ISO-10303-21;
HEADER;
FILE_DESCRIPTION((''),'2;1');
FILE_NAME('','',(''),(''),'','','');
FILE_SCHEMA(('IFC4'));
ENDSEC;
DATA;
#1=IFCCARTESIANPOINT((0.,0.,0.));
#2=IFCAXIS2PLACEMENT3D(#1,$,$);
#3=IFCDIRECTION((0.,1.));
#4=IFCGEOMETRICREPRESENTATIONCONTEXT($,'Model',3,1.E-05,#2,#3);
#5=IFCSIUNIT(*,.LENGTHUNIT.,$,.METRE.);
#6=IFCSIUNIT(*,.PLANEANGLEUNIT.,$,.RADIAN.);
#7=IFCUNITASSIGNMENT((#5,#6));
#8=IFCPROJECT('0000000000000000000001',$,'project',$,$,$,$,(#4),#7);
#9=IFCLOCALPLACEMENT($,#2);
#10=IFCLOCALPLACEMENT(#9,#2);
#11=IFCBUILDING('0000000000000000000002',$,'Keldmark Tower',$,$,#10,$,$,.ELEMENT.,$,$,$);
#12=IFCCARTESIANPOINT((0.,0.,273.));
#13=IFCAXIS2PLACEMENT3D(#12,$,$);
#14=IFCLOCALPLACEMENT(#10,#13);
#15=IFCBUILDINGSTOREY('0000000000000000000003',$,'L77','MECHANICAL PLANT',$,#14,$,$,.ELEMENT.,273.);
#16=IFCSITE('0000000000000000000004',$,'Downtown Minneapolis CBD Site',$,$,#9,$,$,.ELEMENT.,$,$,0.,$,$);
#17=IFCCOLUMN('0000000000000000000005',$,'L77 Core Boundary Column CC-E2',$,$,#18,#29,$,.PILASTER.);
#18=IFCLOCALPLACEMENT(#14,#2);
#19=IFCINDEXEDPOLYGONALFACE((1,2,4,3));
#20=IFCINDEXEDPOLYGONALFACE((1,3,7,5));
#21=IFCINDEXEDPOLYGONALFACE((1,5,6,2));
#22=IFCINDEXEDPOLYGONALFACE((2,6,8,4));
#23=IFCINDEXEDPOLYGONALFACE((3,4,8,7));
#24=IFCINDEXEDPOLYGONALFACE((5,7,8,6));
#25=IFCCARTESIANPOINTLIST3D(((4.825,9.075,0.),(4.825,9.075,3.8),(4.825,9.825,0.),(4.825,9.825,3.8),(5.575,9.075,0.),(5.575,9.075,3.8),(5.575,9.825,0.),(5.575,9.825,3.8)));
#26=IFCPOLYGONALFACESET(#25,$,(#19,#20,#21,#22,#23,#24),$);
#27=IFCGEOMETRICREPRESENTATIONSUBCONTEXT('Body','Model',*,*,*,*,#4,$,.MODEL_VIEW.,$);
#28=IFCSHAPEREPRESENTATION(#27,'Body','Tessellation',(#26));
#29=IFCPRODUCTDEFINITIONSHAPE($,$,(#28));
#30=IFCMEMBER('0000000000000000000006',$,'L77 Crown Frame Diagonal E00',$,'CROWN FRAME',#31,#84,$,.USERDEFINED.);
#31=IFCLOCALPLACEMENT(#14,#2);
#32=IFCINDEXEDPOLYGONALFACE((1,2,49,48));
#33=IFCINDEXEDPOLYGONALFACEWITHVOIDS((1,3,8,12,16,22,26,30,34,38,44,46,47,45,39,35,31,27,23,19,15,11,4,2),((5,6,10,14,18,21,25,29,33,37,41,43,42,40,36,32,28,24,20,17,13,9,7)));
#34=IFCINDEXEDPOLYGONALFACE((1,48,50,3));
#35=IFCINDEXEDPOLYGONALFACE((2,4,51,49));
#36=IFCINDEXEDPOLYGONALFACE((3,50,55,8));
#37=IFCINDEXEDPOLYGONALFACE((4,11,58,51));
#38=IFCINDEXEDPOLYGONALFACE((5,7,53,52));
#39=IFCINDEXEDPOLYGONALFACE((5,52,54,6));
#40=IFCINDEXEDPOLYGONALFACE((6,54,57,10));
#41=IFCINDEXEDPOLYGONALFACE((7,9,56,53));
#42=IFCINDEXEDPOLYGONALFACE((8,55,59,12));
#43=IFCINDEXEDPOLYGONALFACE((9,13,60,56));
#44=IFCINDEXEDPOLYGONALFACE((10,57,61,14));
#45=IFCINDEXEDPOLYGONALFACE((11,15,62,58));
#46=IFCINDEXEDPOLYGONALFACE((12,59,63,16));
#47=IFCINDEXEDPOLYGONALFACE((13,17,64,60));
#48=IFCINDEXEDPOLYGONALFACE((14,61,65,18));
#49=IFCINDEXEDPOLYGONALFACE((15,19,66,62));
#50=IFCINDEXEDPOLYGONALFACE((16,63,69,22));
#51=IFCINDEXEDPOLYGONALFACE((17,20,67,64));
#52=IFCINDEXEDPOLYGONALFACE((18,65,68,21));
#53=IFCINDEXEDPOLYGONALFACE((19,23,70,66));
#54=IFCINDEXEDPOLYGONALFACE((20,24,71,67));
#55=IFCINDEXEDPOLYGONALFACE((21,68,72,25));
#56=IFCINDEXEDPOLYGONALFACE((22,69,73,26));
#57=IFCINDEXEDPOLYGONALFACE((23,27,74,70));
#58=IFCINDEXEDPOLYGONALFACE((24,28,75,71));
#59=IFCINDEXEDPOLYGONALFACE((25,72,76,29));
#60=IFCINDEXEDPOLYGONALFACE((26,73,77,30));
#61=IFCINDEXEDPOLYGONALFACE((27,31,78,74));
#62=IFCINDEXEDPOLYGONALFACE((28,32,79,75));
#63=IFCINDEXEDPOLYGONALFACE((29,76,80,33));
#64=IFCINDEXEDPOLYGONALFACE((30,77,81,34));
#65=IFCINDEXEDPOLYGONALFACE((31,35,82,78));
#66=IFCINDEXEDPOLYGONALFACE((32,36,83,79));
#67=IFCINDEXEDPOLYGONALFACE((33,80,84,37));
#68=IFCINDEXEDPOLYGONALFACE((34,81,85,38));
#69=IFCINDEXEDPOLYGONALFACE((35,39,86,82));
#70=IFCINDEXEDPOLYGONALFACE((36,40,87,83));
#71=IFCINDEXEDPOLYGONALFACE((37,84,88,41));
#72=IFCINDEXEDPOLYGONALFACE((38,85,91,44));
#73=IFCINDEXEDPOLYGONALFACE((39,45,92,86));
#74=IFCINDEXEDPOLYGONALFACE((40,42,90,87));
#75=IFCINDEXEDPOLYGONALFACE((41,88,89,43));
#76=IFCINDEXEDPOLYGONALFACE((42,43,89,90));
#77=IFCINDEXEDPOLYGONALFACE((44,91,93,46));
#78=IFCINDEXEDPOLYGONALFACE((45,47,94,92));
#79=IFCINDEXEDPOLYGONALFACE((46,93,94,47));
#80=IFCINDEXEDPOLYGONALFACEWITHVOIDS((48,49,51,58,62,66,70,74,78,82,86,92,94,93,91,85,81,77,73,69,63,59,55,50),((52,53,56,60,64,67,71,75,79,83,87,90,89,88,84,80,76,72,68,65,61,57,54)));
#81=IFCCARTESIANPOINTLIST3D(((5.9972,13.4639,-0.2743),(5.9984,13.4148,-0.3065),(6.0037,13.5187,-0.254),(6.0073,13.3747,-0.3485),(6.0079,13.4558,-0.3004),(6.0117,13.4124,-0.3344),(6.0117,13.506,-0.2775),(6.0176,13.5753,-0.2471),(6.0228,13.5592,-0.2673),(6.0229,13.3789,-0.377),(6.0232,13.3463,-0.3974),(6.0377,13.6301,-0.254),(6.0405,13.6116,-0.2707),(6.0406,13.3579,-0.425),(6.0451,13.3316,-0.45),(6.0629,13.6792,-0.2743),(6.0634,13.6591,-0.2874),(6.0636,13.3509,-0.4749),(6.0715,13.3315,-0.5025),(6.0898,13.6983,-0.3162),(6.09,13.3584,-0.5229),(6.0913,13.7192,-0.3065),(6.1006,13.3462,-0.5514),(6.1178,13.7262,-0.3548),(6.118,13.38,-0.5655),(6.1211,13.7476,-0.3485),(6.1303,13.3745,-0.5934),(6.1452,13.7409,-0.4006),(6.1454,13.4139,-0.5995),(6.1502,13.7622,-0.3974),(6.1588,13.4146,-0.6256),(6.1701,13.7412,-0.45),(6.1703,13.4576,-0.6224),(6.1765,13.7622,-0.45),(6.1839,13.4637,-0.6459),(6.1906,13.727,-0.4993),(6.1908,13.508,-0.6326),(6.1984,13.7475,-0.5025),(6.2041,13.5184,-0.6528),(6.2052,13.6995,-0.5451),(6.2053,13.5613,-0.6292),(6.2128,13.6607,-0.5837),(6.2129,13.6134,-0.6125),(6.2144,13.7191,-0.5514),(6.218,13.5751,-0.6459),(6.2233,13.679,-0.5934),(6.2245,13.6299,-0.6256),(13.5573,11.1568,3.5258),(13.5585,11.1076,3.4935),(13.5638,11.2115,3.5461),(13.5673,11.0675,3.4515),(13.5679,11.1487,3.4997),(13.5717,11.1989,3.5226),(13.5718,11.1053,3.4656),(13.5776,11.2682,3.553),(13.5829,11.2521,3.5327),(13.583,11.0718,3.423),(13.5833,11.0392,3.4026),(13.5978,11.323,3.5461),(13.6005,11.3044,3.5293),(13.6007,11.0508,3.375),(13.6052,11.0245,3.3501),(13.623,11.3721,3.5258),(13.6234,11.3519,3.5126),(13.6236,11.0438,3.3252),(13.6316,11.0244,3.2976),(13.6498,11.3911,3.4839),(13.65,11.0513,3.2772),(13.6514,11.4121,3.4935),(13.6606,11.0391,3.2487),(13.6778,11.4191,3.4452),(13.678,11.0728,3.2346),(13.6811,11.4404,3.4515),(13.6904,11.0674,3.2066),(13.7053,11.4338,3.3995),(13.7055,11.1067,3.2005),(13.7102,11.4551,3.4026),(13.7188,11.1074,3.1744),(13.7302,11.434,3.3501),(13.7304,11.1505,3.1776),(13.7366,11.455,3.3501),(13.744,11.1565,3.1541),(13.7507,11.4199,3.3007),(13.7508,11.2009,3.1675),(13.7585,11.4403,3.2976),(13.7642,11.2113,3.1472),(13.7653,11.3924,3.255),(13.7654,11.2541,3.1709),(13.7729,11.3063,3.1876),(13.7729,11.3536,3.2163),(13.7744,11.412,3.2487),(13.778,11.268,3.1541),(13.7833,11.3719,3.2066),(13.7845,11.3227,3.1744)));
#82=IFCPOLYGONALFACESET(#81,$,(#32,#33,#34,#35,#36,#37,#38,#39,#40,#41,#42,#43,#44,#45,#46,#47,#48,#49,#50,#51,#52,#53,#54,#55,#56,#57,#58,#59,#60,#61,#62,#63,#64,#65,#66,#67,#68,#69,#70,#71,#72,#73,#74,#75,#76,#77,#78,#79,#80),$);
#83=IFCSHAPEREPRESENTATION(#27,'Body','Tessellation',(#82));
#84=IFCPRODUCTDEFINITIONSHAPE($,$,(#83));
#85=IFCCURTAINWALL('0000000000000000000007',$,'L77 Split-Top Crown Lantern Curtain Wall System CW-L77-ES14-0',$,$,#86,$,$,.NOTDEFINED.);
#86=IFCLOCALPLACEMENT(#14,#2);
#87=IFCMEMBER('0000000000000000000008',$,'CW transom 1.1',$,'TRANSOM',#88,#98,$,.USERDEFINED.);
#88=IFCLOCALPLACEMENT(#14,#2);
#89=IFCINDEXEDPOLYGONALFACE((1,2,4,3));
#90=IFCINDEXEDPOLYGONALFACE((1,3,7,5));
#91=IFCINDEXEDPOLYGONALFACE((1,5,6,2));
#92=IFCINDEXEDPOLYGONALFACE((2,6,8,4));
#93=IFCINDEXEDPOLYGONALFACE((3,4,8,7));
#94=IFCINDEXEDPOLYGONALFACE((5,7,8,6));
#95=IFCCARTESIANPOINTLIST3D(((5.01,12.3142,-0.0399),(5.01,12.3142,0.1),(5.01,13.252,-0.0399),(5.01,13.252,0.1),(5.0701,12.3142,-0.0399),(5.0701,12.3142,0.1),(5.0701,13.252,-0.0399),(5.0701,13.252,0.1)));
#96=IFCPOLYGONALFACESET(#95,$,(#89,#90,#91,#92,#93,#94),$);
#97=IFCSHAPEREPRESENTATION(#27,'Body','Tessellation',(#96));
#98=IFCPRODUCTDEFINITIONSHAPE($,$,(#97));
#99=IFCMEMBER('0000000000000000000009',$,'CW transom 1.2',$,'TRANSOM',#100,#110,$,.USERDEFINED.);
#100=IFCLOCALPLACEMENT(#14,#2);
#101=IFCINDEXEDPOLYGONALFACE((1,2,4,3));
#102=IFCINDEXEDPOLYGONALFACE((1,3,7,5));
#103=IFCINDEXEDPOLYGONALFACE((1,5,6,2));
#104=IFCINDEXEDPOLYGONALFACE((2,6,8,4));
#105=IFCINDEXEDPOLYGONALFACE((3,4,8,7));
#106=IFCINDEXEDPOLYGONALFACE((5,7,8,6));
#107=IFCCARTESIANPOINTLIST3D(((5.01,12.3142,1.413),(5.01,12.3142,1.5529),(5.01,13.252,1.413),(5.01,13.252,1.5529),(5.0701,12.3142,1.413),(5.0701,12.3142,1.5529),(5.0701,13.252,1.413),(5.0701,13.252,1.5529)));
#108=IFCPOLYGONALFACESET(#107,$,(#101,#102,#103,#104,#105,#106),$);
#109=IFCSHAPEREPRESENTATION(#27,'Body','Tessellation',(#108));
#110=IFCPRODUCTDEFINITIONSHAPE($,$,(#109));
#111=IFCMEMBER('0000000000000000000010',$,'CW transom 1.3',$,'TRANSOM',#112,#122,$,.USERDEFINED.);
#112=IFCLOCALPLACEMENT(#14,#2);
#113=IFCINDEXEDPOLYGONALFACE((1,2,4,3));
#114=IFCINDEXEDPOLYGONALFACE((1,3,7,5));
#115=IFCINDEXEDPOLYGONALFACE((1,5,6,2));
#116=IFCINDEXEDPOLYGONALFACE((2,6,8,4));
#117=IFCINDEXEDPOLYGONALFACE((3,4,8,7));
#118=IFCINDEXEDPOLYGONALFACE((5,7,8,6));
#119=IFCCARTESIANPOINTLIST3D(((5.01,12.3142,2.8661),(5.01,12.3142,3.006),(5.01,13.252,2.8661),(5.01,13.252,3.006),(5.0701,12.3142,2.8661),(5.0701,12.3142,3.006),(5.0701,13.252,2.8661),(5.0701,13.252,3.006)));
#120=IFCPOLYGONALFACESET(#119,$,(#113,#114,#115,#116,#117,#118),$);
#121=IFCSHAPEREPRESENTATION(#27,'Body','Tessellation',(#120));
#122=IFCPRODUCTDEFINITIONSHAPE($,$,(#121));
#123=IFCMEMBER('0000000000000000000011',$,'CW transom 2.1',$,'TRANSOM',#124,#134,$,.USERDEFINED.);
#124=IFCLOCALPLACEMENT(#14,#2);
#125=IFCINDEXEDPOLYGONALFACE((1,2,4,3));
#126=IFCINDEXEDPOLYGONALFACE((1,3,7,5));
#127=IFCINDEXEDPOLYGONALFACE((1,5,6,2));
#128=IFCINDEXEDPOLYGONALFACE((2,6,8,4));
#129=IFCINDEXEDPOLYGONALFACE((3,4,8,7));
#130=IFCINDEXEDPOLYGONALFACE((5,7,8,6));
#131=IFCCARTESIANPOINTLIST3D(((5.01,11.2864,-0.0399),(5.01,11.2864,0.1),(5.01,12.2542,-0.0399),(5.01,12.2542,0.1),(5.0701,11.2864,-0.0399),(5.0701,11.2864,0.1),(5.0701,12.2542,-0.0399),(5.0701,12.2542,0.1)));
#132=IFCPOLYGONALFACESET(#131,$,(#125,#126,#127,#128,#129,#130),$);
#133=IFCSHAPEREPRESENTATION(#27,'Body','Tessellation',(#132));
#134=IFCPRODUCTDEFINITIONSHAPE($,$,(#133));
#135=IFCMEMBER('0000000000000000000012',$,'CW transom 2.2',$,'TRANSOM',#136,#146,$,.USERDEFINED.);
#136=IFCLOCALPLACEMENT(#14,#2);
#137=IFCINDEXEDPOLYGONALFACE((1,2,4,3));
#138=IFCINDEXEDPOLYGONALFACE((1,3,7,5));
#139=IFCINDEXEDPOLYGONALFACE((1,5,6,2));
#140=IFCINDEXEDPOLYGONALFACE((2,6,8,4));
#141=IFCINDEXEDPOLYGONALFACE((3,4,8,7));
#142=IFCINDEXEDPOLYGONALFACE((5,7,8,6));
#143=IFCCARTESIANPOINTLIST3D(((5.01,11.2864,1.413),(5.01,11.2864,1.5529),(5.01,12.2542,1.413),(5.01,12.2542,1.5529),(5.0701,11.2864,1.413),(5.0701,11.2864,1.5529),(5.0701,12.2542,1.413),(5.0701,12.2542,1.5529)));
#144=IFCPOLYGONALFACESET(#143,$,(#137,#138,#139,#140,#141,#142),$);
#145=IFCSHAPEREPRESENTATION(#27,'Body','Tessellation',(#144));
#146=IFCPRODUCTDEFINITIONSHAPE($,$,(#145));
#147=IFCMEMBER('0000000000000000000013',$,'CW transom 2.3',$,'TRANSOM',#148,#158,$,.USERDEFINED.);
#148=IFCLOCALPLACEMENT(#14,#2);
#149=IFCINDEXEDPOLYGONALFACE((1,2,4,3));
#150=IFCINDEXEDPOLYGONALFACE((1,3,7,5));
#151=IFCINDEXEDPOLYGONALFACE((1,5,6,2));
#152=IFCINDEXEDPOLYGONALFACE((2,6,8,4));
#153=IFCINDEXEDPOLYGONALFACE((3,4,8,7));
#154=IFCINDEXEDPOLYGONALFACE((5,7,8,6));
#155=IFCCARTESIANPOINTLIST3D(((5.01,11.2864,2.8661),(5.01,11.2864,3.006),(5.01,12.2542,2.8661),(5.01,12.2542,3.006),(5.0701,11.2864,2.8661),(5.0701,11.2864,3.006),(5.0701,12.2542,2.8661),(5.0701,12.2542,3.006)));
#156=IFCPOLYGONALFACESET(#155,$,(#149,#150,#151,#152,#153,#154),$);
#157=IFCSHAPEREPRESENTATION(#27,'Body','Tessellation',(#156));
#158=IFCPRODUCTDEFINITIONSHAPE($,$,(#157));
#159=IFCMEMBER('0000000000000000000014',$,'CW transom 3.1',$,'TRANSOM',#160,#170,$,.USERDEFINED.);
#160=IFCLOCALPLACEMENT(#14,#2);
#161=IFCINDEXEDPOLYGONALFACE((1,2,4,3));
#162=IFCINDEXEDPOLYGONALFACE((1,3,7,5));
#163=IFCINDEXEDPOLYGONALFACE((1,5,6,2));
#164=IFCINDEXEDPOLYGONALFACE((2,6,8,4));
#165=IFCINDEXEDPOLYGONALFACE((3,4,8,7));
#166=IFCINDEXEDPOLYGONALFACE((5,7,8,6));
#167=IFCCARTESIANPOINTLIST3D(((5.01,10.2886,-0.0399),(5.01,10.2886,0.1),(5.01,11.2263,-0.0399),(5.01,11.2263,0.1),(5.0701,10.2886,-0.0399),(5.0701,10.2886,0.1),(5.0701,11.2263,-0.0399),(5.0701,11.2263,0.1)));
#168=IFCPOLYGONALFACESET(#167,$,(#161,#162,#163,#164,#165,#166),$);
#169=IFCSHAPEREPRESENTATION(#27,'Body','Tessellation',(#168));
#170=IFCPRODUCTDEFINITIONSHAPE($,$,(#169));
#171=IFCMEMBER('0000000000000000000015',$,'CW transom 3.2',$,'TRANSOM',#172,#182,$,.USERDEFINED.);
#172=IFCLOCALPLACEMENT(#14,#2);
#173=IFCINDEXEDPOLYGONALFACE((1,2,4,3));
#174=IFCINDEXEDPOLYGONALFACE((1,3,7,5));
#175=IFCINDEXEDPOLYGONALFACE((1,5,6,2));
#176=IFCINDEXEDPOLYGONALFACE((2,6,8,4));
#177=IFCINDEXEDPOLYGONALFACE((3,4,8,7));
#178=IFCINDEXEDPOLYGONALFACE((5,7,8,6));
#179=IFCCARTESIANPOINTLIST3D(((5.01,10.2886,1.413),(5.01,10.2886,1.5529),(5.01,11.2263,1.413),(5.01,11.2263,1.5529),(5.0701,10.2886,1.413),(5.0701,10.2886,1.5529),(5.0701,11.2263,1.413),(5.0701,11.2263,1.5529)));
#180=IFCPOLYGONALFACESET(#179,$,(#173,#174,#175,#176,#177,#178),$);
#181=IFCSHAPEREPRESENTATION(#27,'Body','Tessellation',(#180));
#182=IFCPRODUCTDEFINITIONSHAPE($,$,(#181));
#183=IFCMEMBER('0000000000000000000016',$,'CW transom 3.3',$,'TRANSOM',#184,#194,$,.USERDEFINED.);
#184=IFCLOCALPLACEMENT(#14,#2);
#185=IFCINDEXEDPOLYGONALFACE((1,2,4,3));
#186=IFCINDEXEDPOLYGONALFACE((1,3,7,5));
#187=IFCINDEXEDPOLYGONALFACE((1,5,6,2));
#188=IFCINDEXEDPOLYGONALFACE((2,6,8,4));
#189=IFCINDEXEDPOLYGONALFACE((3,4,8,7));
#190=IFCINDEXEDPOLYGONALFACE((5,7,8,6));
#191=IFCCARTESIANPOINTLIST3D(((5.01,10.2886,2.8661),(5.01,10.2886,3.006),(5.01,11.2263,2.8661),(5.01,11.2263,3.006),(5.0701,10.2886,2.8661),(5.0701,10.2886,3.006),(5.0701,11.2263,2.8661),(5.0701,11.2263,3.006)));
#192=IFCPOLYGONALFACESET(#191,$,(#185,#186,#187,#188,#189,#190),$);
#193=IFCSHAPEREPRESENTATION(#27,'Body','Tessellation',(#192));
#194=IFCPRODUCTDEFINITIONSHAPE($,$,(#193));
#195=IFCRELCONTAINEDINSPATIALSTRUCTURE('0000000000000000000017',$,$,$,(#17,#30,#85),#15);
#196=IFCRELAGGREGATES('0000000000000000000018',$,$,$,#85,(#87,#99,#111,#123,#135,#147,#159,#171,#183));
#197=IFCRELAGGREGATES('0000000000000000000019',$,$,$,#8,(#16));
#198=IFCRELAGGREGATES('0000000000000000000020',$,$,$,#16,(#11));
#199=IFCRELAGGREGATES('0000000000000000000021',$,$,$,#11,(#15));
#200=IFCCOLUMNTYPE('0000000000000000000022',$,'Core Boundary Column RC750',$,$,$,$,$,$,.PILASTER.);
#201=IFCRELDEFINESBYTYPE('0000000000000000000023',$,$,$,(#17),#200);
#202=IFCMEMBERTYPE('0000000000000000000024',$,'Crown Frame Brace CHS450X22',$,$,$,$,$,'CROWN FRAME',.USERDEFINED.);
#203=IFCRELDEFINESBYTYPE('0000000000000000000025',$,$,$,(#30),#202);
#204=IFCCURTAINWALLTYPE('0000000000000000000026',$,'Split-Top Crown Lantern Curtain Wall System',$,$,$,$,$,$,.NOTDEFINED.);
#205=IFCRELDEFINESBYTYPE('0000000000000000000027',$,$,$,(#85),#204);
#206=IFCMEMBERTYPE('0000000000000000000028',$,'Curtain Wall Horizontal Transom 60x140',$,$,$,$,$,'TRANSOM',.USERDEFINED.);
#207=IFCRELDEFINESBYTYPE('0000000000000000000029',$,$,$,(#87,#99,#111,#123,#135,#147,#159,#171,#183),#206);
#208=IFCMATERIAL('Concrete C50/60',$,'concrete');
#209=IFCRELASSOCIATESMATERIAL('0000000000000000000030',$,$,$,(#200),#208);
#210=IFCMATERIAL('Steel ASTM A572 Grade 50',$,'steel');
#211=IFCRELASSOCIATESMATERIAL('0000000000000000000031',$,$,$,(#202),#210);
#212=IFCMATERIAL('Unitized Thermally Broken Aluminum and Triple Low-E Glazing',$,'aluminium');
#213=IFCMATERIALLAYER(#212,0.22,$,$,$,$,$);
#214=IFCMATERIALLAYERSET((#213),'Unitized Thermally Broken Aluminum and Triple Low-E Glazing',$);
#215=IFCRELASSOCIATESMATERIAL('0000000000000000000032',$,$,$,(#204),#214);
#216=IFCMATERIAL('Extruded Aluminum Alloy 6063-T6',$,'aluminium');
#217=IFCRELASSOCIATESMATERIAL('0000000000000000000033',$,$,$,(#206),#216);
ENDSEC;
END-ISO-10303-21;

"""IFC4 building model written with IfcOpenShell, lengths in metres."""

from ifc_helpers import new_model, si_unit, direction, frame, origin, origin_2d, place, context, subcontext, project, spatial, rectangle, hollow_circle, extrude, material, layer, layer_set, material_profile, profile_set, type_object, element, aggregate, save


model = new_model("IFC4")

# Units and contexts
model_context = context("Model", 3, precision=1e-05, world=origin(), true_north=direction((0.0, 1.0)))
body_context = subcontext(model_context, "Body", "Model", "MODEL_VIEW")
ifc_project = project(units=[si_unit("LENGTHUNIT", "METRE"), si_unit("PLANEANGLEUNIT", "RADIAN")], contexts=[model_context])

# Site, building, storey
site_placement = place(None, origin())
site = spatial("IfcSite", under=ifc_project, at=site_placement, Name="Downtown Minneapolis CBD Site", CompositionType="ELEMENT", RefElevation=0.0)
building_placement = place(site_placement, origin())
building = spatial("IfcBuilding", under=site, at=building_placement, Name="Keldmark Tower", CompositionType="ELEMENT")
storey_placement = place(building_placement, frame((0.0, 0.0, 273.0)))
storey = spatial("IfcBuildingStorey", under=building, at=storey_placement, Name="L77", Description="MECHANICAL PLANT", CompositionType="ELEMENT", Elevation=273.0)

# Column
ifc_material_1 = material(Name="Concrete C50/60", Category="concrete")
ifc_material_profile_1 = material_profile(ifc_material_1, rectangle(XDim=0.75, YDim=0.75, at=origin_2d()), Name="RC750X750")
ifc_profile_set_1 = profile_set([ifc_material_profile_1], Name="Concrete C50/60")
column_type = type_object("IfcColumnType", Name="Core Boundary Column RC750", PredefinedType="PILASTER", material=ifc_profile_set_1)
column_placement = place(storey_placement, frame((5.2, 9.45, 0.0), z_axis=(0.0, 0.0, 1.0), x_axis=(1.0, 0.0, 0.0)))
element("IfcColumn", 1, at=column_placement, inside=storey, type_object=column_type, Name="L77 Core Boundary Column CC-E2", PredefinedType="PILASTER", context=body_context, shape_type="SweptSolid", body=[
    extrude(rectangle(XDim=0.75, YDim=0.75, at=origin_2d()), origin(), (0.0, 0.0, 1.0), 3.8),
])

# Member
ifc_material_2 = material(Name="Steel ASTM A572 Grade 50", Category="steel")
ifc_material_profile_2 = material_profile(ifc_material_2, hollow_circle(Radius=0.2251, WallThickness=0.022, at=origin_2d()), Name="CHS450X22")
ifc_profile_set_2 = profile_set([ifc_material_profile_2], Name="Steel ASTM A572 Grade 50")
member_type_1 = type_object("IfcMemberType", Name="Crown Frame Brace CHS450X22", ElementType="CROWN FRAME", PredefinedType="USERDEFINED", material=ifc_profile_set_2)
member_1_placement = place(storey_placement, frame((6.1108, 13.5469, -0.45), z_axis=(0.862009, -0.263062, 0.433287), x_axis=(0.291884, 0.956454, 0.0)))
element("IfcMember", 2, at=member_1_placement, inside=storey, type_object=member_type_1, Name="L77 Crown Frame Diagonal E00", ObjectType="CROWN FRAME", PredefinedType="USERDEFINED", context=body_context, shape_type="SweptSolid", body=[
    extrude(hollow_circle(Radius=0.2251, WallThickness=0.022, at=origin_2d()), origin(), (0.0, 0.0, 1.0), 8.7703),
])

# Curtain wall, members
ifc_material_3 = material(Name="Unitized Thermally Broken Aluminum and Triple Low-E Glazing", Category="aluminium")
ifc_layer_1 = layer(ifc_material_3, 0.22)
ifc_layer_set_1 = layer_set([ifc_layer_1], Name="Unitized Thermally Broken Aluminum and Triple Low-E Glazing")
curtain_wall_type = type_object("IfcCurtainWallType", Name="Split-Top Crown Lantern Curtain Wall System", PredefinedType="NOTDEFINED", material=ifc_layer_set_1)
curtain_wall_placement = place(storey_placement, origin())
curtain_wall = element("IfcCurtainWall", 3, at=curtain_wall_placement, inside=storey, type_object=curtain_wall_type, Name="L77 Split-Top Crown Lantern Curtain Wall System CW-L77-ES14-0", PredefinedType="NOTDEFINED")
ifc_material_4 = material(Name="Extruded Aluminum Alloy 6063-T6", Category="aluminium")
ifc_material_profile_3 = material_profile(ifc_material_4, rectangle(XDim=0.0601, YDim=0.1399, at=origin_2d()), Name="CWT60X140")
ifc_profile_set_3 = profile_set([ifc_material_profile_3], Name="Extruded Aluminum Alloy 6063-T6")
member_type_2 = type_object("IfcMemberType", Name="Curtain Wall Horizontal Transom 60x140", ElementType="TRANSOM", PredefinedType="USERDEFINED", material=ifc_profile_set_3)
member_2_placement = place(storey_placement, frame((5.04, 13.252, 0.03), z_axis=(0.0, -1.0, 0.0), x_axis=(1.0, 0.0, 0.0)))
member_2 = element("IfcMember", 4, at=member_2_placement, type_object=member_type_2, Name="CW transom 1.1", ObjectType="TRANSOM", PredefinedType="USERDEFINED", context=body_context, shape_type="SweptSolid", body=[
    extrude(rectangle(XDim=0.0601, YDim=0.1399, at=origin_2d()), origin(), (0.0, 0.0, 1.0), 0.9377),
])
member_3_placement = place(storey_placement, frame((5.04, 13.252, 1.4829), z_axis=(0.0, -1.0, 0.0), x_axis=(1.0, 0.0, 0.0)))
member_3 = element("IfcMember", 5, at=member_3_placement, type_object=member_type_2, Name="CW transom 1.2", ObjectType="TRANSOM", PredefinedType="USERDEFINED", context=body_context, shape_type="SweptSolid", body=[
    extrude(rectangle(XDim=0.0601, YDim=0.1399, at=origin_2d()), origin(), (0.0, 0.0, 1.0), 0.9377),
])
member_4_placement = place(storey_placement, frame((5.04, 13.252, 2.936), z_axis=(0.0, -1.0, 0.0), x_axis=(1.0, 0.0, 0.0)))
member_4 = element("IfcMember", 6, at=member_4_placement, type_object=member_type_2, Name="CW transom 1.3", ObjectType="TRANSOM", PredefinedType="USERDEFINED", context=body_context, shape_type="SweptSolid", body=[
    extrude(rectangle(XDim=0.0601, YDim=0.1399, at=origin_2d()), origin(), (0.0, 0.0, 1.0), 0.9377),
])
member_5_placement = place(storey_placement, frame((5.04, 12.2542, 0.03), z_axis=(0.0, -1.0, 0.0), x_axis=(1.0, 0.0, 0.0)))
member_5 = element("IfcMember", 7, at=member_5_placement, type_object=member_type_2, Name="CW transom 2.1", ObjectType="TRANSOM", PredefinedType="USERDEFINED", context=body_context, shape_type="SweptSolid", body=[
    extrude(rectangle(XDim=0.0601, YDim=0.1399, at=origin_2d()), origin(), (0.0, 0.0, 1.0), 0.9678),
])
member_6_placement = place(storey_placement, frame((5.04, 12.2542, 1.4829), z_axis=(0.0, -1.0, 0.0), x_axis=(1.0, 0.0, 0.0)))
member_6 = element("IfcMember", 8, at=member_6_placement, type_object=member_type_2, Name="CW transom 2.2", ObjectType="TRANSOM", PredefinedType="USERDEFINED", context=body_context, shape_type="SweptSolid", body=[
    extrude(rectangle(XDim=0.0601, YDim=0.1399, at=origin_2d()), origin(), (0.0, 0.0, 1.0), 0.9678),
])
member_7_placement = place(storey_placement, frame((5.04, 12.2542, 2.936), z_axis=(0.0, -1.0, 0.0), x_axis=(1.0, 0.0, 0.0)))
member_7 = element("IfcMember", 9, at=member_7_placement, type_object=member_type_2, Name="CW transom 2.3", ObjectType="TRANSOM", PredefinedType="USERDEFINED", context=body_context, shape_type="SweptSolid", body=[
    extrude(rectangle(XDim=0.0601, YDim=0.1399, at=origin_2d()), origin(), (0.0, 0.0, 1.0), 0.9678),
])
member_8_placement = place(storey_placement, frame((5.04, 11.2263, 0.03), z_axis=(0.0, -1.0, 0.0), x_axis=(1.0, 0.0, 0.0)))
member_8 = element("IfcMember", 10, at=member_8_placement, type_object=member_type_2, Name="CW transom 3.1", ObjectType="TRANSOM", PredefinedType="USERDEFINED", context=body_context, shape_type="SweptSolid", body=[
    extrude(rectangle(XDim=0.0601, YDim=0.1399, at=origin_2d()), origin(), (0.0, 0.0, 1.0), 0.9377),
])
member_9_placement = place(storey_placement, frame((5.04, 11.2263, 1.4829), z_axis=(0.0, -1.0, 0.0), x_axis=(1.0, 0.0, 0.0)))
member_9 = element("IfcMember", 11, at=member_9_placement, type_object=member_type_2, Name="CW transom 3.2", ObjectType="TRANSOM", PredefinedType="USERDEFINED", context=body_context, shape_type="SweptSolid", body=[
    extrude(rectangle(XDim=0.0601, YDim=0.1399, at=origin_2d()), origin(), (0.0, 0.0, 1.0), 0.9377),
])
member_10_placement = place(storey_placement, frame((5.04, 11.2263, 2.936), z_axis=(0.0, -1.0, 0.0), x_axis=(1.0, 0.0, 0.0)))
member_10 = element("IfcMember", 12, at=member_10_placement, type_object=member_type_2, Name="CW transom 3.3", ObjectType="TRANSOM", PredefinedType="USERDEFINED", context=body_context, shape_type="SweptSolid", body=[
    extrude(rectangle(XDim=0.0601, YDim=0.1399, at=origin_2d()), origin(), (0.0, 0.0, 1.0), 0.9377),
])

aggregate(curtain_wall, [member_2, member_3, member_4, member_5, member_6, member_7, member_8, member_9, member_10])

save(model, "model.ifc")
